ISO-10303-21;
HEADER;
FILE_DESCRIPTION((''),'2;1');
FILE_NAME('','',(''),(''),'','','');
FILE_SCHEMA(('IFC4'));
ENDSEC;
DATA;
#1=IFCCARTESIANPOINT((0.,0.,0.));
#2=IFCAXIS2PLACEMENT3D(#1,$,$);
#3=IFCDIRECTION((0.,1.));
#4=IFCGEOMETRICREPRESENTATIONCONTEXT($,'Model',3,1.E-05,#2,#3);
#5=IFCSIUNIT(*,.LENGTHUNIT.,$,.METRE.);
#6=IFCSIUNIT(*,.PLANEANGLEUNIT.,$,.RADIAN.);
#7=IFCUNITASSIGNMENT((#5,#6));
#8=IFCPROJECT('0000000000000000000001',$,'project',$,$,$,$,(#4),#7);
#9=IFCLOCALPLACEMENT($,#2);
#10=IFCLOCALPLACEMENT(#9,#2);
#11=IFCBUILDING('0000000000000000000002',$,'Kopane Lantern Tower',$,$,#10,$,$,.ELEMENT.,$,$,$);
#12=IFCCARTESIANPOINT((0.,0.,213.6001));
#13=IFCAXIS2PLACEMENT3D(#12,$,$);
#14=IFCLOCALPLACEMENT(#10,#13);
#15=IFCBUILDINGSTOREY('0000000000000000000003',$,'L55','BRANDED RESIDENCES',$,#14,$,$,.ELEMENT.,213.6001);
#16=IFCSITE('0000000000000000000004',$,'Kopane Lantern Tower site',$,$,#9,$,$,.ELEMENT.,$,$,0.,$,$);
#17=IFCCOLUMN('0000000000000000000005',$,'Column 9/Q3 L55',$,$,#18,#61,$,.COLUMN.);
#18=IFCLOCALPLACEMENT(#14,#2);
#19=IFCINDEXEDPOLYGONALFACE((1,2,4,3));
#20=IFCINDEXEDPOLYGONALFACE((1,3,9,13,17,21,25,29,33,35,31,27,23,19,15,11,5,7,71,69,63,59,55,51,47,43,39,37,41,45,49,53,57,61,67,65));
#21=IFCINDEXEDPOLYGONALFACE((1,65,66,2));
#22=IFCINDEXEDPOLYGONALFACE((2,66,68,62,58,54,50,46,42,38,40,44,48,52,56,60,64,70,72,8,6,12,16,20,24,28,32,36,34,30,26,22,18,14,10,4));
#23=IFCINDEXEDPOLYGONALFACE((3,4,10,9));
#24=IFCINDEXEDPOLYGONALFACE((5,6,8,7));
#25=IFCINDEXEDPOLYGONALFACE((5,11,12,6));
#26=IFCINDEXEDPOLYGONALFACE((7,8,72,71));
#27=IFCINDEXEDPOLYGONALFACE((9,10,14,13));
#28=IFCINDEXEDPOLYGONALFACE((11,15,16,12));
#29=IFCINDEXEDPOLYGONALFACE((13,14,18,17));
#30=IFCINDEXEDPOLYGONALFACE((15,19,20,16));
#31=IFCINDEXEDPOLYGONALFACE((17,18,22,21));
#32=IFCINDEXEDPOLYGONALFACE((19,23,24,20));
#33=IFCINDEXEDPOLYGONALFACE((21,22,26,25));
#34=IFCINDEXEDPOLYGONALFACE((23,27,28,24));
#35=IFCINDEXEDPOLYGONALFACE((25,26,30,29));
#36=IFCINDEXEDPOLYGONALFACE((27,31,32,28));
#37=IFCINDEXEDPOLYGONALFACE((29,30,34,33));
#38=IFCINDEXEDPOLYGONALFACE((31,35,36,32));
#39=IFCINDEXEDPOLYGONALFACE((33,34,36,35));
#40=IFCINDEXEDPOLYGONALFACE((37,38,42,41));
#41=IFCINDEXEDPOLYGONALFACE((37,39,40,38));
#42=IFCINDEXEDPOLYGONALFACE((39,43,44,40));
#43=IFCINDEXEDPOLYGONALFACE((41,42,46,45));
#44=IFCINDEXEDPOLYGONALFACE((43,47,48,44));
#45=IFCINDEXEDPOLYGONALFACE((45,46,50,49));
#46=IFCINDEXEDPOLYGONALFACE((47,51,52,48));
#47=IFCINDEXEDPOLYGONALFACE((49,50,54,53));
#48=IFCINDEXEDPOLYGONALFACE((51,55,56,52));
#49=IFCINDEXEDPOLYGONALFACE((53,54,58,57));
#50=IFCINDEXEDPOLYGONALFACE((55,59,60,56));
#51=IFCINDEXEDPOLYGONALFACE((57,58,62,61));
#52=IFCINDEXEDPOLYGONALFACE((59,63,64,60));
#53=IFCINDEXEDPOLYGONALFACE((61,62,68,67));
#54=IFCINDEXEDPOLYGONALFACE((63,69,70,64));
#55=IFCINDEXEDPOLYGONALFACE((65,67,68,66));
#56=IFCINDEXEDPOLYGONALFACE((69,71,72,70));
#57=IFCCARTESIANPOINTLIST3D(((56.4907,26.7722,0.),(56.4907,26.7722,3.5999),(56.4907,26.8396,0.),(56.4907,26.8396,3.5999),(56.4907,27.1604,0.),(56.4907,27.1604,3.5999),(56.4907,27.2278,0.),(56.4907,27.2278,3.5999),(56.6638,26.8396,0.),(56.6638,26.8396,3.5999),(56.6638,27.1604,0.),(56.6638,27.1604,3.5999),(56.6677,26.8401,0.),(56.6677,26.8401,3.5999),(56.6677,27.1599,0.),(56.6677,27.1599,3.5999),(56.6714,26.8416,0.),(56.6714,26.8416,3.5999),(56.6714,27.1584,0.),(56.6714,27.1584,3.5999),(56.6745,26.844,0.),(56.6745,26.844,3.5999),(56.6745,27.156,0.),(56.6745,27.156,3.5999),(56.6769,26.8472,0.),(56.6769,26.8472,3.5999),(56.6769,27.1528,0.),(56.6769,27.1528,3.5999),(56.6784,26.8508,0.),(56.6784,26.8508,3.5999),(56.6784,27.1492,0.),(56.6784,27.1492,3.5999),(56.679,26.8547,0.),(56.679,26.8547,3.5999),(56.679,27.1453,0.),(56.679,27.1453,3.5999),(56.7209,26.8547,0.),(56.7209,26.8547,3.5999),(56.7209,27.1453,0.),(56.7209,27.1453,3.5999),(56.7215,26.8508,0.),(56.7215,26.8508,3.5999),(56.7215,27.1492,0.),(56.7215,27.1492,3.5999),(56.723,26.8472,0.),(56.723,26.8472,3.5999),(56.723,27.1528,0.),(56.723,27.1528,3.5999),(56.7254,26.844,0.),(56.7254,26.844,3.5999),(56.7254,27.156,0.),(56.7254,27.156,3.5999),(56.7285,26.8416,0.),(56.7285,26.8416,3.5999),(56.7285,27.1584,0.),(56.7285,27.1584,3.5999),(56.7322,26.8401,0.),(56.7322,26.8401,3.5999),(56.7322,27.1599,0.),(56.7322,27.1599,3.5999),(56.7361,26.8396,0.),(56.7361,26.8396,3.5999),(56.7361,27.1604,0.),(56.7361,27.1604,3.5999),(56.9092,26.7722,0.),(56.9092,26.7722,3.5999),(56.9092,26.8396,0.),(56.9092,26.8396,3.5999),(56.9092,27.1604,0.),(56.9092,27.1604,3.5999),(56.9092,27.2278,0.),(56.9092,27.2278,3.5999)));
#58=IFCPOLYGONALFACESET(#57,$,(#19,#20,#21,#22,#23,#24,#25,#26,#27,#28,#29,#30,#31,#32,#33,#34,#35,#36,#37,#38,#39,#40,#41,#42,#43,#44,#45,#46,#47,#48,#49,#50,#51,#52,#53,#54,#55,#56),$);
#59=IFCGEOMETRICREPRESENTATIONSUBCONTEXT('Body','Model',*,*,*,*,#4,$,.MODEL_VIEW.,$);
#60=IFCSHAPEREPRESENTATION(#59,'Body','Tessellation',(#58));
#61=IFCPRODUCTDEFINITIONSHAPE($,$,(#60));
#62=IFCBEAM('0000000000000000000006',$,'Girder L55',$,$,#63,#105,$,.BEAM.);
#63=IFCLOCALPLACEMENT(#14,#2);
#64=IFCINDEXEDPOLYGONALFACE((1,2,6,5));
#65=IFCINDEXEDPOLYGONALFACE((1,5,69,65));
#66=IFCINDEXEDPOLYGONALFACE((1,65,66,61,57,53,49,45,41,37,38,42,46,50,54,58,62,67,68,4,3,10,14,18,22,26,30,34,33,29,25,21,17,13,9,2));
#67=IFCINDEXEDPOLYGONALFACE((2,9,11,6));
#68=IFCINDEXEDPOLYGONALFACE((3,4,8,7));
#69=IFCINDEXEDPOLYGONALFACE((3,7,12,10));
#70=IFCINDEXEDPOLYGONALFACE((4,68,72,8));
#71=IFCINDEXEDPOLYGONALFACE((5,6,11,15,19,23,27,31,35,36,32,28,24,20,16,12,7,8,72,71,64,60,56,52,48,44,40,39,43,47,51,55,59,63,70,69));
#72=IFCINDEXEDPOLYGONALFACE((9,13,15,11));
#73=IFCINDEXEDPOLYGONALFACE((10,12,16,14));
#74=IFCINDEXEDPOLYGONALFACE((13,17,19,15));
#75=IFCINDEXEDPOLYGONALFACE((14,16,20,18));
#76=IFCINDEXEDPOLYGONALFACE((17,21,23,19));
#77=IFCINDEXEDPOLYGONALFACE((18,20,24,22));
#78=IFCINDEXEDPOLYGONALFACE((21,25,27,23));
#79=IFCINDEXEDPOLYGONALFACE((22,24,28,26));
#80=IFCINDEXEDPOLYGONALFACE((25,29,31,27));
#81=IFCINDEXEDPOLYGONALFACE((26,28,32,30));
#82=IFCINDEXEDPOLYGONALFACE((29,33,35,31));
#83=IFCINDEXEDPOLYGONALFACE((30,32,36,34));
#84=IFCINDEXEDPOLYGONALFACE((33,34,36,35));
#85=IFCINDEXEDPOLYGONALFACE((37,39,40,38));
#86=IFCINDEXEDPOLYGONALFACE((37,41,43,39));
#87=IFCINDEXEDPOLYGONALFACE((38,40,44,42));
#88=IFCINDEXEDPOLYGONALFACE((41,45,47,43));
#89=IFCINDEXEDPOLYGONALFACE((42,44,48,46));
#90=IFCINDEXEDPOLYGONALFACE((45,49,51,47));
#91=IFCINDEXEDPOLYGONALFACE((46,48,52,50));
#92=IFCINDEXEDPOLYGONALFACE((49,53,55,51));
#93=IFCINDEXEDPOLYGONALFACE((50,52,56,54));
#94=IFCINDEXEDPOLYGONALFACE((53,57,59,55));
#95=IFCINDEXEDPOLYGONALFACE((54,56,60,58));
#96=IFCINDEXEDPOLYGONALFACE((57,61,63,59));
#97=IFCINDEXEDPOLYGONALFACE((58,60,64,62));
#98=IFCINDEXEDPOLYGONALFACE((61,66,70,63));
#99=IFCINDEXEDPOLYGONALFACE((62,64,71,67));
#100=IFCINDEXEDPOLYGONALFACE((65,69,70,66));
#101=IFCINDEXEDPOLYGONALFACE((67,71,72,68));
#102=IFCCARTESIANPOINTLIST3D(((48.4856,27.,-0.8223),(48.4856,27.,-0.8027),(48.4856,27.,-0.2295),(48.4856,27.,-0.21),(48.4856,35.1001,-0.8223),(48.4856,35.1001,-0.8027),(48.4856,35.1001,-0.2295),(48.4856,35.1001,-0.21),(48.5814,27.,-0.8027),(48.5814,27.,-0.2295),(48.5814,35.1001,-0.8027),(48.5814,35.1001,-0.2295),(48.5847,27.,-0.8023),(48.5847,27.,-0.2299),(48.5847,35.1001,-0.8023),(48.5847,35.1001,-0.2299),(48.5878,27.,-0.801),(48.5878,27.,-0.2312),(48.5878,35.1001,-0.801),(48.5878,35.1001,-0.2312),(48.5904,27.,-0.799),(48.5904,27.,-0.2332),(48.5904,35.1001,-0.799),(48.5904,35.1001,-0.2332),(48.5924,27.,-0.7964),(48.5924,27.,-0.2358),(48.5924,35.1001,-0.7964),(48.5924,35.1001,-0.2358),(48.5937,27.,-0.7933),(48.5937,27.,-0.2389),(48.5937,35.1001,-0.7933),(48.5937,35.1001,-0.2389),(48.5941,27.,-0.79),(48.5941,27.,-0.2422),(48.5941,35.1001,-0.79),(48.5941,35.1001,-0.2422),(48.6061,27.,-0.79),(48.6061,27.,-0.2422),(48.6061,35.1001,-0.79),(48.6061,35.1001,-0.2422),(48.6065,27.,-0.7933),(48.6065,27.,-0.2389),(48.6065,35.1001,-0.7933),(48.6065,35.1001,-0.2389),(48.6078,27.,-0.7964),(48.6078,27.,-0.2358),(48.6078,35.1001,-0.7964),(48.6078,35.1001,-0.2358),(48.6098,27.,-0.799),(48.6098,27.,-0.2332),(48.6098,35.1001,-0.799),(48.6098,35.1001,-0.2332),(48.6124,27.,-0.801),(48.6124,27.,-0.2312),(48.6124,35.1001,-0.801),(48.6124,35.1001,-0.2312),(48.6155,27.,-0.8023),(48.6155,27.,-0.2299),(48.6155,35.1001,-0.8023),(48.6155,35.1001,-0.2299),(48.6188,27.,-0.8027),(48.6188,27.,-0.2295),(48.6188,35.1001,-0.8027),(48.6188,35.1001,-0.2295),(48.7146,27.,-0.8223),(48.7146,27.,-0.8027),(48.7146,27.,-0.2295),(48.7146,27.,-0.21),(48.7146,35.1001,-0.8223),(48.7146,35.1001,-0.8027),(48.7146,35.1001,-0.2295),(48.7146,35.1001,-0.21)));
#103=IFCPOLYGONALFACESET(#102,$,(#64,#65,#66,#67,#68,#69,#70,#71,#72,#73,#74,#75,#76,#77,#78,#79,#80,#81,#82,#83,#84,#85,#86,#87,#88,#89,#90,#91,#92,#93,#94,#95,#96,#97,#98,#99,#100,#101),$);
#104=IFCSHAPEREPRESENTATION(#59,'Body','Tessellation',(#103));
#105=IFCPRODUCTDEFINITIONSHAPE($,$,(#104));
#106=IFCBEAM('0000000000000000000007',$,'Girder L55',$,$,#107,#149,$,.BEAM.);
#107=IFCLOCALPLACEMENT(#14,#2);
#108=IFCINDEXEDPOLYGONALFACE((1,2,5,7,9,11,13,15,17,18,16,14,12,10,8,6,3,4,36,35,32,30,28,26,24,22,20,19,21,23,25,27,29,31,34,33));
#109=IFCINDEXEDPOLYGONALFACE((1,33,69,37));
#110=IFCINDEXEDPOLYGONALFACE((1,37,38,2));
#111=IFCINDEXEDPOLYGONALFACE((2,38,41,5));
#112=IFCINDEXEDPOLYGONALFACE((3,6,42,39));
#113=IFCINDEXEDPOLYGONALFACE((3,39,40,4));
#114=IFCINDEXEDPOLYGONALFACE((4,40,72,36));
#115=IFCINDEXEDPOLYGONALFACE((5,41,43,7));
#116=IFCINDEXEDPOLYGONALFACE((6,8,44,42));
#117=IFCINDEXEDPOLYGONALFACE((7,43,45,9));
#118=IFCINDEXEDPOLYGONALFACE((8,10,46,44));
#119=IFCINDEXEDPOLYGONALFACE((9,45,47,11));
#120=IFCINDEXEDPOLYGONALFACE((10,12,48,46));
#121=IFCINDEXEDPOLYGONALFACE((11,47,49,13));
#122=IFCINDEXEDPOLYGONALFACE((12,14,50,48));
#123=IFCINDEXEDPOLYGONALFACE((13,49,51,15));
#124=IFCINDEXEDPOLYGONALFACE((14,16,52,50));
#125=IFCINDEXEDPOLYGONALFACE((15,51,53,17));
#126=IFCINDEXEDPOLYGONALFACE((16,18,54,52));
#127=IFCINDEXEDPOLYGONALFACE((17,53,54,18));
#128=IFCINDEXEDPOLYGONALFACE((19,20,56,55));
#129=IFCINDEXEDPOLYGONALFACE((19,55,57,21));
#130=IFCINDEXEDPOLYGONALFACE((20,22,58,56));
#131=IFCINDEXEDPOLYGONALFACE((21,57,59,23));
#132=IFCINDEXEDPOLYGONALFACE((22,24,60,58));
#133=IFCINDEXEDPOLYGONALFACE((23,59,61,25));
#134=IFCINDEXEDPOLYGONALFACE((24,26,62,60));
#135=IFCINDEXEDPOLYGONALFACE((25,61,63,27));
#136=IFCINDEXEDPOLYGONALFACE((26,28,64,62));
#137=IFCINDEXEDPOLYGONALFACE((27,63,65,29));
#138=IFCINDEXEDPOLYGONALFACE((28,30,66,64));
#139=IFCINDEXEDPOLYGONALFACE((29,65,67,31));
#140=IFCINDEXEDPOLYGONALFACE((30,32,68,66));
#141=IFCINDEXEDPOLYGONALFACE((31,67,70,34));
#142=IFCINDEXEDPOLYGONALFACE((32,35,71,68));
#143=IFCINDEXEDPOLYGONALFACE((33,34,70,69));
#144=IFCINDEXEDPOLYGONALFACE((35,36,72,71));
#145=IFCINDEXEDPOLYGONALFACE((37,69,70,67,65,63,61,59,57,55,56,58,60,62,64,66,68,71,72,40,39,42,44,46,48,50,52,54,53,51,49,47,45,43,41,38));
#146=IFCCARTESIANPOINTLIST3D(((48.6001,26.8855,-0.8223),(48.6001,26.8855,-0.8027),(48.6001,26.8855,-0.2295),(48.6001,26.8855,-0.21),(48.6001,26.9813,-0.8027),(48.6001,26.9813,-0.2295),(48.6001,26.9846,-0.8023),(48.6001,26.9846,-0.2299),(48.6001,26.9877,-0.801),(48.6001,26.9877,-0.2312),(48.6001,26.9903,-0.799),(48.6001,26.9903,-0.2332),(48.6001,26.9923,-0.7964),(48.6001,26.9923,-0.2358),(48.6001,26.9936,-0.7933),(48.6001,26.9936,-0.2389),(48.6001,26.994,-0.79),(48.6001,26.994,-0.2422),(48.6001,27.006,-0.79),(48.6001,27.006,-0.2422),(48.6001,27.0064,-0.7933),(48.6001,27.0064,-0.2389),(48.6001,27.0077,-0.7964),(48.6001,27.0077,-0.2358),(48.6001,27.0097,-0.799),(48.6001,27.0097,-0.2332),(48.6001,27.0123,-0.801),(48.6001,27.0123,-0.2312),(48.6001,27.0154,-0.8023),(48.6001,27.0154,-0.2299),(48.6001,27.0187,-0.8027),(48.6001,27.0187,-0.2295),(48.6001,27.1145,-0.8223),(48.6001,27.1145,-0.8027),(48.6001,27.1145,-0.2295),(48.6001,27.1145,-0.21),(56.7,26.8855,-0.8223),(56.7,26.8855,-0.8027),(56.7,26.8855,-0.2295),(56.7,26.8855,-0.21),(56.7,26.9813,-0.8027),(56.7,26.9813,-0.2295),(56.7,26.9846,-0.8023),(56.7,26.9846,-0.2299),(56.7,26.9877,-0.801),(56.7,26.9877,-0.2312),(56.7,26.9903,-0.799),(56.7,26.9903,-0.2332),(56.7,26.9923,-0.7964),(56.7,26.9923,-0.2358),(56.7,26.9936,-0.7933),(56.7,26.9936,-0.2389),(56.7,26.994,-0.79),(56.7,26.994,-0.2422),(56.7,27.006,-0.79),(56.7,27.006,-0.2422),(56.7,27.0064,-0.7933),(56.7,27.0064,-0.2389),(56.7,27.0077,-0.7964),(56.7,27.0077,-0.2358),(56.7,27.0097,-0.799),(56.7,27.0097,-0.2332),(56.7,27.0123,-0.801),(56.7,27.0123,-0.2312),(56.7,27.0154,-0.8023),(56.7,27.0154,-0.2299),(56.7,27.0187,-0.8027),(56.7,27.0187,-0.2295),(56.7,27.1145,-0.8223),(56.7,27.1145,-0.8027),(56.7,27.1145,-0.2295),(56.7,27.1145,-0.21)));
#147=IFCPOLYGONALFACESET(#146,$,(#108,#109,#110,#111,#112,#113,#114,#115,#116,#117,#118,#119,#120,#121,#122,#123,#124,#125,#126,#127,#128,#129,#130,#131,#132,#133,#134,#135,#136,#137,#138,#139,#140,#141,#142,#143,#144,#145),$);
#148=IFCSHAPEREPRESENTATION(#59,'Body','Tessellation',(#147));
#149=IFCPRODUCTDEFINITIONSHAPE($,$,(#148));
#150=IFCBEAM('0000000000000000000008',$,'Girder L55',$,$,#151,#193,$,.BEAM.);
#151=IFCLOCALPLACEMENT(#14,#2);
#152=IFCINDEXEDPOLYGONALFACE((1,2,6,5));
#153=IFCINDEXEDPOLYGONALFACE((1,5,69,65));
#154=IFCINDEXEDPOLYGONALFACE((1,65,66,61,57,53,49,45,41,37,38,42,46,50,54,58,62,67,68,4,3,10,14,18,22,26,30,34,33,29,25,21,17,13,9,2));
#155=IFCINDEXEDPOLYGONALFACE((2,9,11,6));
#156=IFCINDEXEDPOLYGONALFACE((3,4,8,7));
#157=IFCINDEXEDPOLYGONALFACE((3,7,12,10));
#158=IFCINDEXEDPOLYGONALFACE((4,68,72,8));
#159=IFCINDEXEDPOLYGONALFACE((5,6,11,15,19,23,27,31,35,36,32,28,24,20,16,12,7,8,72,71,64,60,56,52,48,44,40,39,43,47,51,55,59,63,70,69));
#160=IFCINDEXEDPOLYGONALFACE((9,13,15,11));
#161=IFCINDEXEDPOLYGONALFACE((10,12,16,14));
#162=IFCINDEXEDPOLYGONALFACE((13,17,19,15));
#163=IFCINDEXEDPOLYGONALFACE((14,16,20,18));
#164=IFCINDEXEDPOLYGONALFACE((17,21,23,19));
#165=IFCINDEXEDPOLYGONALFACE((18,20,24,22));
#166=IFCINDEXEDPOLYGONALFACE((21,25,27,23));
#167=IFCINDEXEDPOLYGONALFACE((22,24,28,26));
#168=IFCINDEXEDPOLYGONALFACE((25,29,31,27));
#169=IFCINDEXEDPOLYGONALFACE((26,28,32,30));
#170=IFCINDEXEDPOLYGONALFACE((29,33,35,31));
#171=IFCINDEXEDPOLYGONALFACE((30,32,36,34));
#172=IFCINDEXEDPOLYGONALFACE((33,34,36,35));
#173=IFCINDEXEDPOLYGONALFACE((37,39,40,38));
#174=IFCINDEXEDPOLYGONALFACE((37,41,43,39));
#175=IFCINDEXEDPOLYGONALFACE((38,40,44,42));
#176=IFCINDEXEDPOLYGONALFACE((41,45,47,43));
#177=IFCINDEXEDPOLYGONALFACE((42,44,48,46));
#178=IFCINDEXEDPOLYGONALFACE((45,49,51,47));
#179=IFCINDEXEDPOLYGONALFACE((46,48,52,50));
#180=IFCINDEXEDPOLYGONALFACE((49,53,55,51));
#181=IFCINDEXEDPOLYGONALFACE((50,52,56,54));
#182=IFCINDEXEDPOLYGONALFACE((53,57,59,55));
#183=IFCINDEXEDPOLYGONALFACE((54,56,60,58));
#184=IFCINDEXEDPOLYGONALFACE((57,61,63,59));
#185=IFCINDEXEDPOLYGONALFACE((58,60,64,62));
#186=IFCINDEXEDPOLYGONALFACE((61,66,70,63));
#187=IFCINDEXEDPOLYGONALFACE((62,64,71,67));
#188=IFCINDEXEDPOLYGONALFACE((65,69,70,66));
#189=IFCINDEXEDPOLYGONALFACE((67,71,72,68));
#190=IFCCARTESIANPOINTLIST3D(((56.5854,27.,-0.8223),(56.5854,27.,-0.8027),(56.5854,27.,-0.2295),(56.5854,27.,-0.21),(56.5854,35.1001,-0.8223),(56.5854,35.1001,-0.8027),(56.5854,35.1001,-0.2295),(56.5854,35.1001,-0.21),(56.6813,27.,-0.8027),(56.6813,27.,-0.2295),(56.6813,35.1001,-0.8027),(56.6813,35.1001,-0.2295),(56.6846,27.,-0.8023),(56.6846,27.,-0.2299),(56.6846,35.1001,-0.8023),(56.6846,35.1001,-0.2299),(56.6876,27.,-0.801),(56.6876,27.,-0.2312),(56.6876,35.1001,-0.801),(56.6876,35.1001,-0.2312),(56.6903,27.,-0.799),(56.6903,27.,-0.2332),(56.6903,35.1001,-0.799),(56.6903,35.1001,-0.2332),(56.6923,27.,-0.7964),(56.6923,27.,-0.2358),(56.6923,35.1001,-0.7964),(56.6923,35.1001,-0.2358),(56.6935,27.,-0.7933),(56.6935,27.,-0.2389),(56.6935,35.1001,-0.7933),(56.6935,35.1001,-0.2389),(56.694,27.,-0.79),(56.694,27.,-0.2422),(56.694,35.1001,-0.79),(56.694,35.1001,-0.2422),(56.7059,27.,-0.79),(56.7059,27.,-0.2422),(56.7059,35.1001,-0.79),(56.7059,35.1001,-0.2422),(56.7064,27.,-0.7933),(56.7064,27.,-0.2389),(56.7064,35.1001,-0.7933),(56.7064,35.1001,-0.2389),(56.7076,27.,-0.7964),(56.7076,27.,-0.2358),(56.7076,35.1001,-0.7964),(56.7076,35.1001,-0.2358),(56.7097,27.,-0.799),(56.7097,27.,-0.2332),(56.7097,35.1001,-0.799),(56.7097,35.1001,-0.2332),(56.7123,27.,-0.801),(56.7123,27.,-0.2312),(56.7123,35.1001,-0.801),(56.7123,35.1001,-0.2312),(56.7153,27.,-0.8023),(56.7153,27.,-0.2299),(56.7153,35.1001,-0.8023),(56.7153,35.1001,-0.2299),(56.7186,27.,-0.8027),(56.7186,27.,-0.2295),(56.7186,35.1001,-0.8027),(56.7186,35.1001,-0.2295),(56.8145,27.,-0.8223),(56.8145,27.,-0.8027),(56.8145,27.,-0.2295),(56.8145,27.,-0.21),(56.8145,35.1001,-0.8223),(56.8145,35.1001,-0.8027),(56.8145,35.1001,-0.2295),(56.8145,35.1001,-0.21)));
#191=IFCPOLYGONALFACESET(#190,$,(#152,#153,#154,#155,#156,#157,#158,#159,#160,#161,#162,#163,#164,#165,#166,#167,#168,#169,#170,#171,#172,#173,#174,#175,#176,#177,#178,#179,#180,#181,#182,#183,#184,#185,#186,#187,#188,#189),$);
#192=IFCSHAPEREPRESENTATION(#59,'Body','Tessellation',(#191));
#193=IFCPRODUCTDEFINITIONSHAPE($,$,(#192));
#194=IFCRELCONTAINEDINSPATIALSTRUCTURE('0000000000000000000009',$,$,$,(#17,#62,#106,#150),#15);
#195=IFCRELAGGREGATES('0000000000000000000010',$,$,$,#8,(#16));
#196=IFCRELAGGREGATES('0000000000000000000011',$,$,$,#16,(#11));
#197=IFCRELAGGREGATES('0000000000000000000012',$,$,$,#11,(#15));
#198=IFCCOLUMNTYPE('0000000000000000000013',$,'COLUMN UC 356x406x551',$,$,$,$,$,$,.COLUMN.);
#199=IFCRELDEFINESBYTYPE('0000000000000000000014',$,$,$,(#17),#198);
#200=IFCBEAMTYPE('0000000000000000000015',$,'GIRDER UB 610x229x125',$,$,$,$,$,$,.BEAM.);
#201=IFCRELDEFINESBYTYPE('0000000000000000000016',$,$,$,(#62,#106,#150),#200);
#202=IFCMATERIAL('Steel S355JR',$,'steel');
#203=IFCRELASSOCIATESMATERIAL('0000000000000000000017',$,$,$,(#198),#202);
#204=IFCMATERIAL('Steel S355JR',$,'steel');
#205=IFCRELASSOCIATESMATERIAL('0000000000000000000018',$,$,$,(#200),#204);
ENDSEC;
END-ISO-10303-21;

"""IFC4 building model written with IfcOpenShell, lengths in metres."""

from ifc_helpers import new_model, si_unit, direction, frame, origin, origin_2d, place, context, subcontext, project, spatial, i_section, extrude, material, material_profile, profile_set, type_object, element, save


model = new_model("IFC4")

# Units and contexts
model_context = context("Model", 3, precision=1e-05, world=origin(), true_north=direction((0.0, 1.0)))
body_context = subcontext(model_context, "Body", "Model", "MODEL_VIEW")
ifc_project = project(units=[si_unit("LENGTHUNIT", "METRE"), si_unit("PLANEANGLEUNIT", "RADIAN")], contexts=[model_context])

# Site, building, storey
site_placement = place(None, origin())
site = spatial("IfcSite", under=ifc_project, at=site_placement, Name="Kopane Lantern Tower site", CompositionType="ELEMENT", RefElevation=0.0)
building_placement = place(site_placement, origin())
building = spatial("IfcBuilding", under=site, at=building_placement, Name="Kopane Lantern Tower", CompositionType="ELEMENT")
storey_placement = place(building_placement, frame((0.0, 0.0, 213.6001)))
storey = spatial("IfcBuildingStorey", under=building, at=storey_placement, Name="L55", Description="BRANDED RESIDENCES", CompositionType="ELEMENT", Elevation=213.6001)

# Column
ifc_material_1 = material(Name="Steel S355JR", Category="steel")
ifc_material_profile_1 = material_profile(ifc_material_1, i_section(OverallWidth=0.4185, OverallDepth=0.4556, WebThickness=0.042, FlangeThickness=0.0674, FilletRadius=0.0151, at=origin_2d()), Name="UC 356x406x551")
ifc_profile_set_1 = profile_set([ifc_material_profile_1], Name="Steel S355JR")
column_type = type_object("IfcColumnType", Name="COLUMN UC 356x406x551", PredefinedType="COLUMN", material=ifc_profile_set_1)
column_placement = place(storey_placement, frame((56.7, 27.0, 0.0), z_axis=(0.0, 0.0, 1.0), x_axis=(1.0, 0.0, 0.0)))
element("IfcColumn", 1, at=column_placement, inside=storey, type_object=column_type, Name="Column 9/Q3 L55", PredefinedType="COLUMN", context=body_context, shape_type="SweptSolid", body=[
    extrude(i_section(OverallWidth=0.4185, OverallDepth=0.4556, WebThickness=0.042, FlangeThickness=0.0674, FilletRadius=0.0151, at=origin_2d()), origin(), (0.0, 0.0, 1.0), 3.5999),
])

# Beams
ifc_material_2 = material(Name="Steel S355JR", Category="steel")
ifc_material_profile_2 = material_profile(ifc_material_2, i_section(OverallWidth=0.229, OverallDepth=0.6123, WebThickness=0.012, FlangeThickness=0.0195, FilletRadius=0.0127, at=origin_2d()), Name="UB 610x229x125")
ifc_profile_set_2 = profile_set([ifc_material_profile_2], Name="Steel S355JR")
beam_type = type_object("IfcBeamType", Name="GIRDER UB 610x229x125", PredefinedType="BEAM", material=ifc_profile_set_2)
beam_1_placement = place(storey_placement, frame((48.6001, 27.0, -0.5161), z_axis=(0.0, 1.0, 0.0), x_axis=(-1.0, 0.0, 0.0)))
element("IfcBeam", 2, at=beam_1_placement, inside=storey, type_object=beam_type, Name="Girder L55", PredefinedType="BEAM", context=body_context, shape_type="SweptSolid", body=[
    extrude(i_section(OverallWidth=0.229, OverallDepth=0.6123, WebThickness=0.012, FlangeThickness=0.0195, FilletRadius=0.0127, at=origin_2d()), origin(), (0.0, 0.0, 1.0), 8.1001),
])
beam_2_placement = place(storey_placement, frame((48.6001, 27.0, -0.5161), z_axis=(1.0, 0.0, 0.0), x_axis=(0.0, 1.0, 0.0)))
element("IfcBeam", 3, at=beam_2_placement, inside=storey, type_object=beam_type, Name="Girder L55", PredefinedType="BEAM", context=body_context, shape_type="SweptSolid", body=[
    extrude(i_section(OverallWidth=0.229, OverallDepth=0.6123, WebThickness=0.012, FlangeThickness=0.0195, FilletRadius=0.0127, at=origin_2d()), origin(), (0.0, 0.0, 1.0), 8.0999),
])
beam_3_placement = place(storey_placement, frame((56.7, 27.0, -0.5161), z_axis=(0.0, 1.0, 0.0), x_axis=(-1.0, 0.0, 0.0)))
element("IfcBeam", 4, at=beam_3_placement, inside=storey, type_object=beam_type, Name="Girder L55", PredefinedType="BEAM", context=body_context, shape_type="SweptSolid", body=[
    extrude(i_section(OverallWidth=0.229, OverallDepth=0.6123, WebThickness=0.012, FlangeThickness=0.0195, FilletRadius=0.0127, at=origin_2d()), origin(), (0.0, 0.0, 1.0), 8.1001),
])

save(model, "model.ifc")
